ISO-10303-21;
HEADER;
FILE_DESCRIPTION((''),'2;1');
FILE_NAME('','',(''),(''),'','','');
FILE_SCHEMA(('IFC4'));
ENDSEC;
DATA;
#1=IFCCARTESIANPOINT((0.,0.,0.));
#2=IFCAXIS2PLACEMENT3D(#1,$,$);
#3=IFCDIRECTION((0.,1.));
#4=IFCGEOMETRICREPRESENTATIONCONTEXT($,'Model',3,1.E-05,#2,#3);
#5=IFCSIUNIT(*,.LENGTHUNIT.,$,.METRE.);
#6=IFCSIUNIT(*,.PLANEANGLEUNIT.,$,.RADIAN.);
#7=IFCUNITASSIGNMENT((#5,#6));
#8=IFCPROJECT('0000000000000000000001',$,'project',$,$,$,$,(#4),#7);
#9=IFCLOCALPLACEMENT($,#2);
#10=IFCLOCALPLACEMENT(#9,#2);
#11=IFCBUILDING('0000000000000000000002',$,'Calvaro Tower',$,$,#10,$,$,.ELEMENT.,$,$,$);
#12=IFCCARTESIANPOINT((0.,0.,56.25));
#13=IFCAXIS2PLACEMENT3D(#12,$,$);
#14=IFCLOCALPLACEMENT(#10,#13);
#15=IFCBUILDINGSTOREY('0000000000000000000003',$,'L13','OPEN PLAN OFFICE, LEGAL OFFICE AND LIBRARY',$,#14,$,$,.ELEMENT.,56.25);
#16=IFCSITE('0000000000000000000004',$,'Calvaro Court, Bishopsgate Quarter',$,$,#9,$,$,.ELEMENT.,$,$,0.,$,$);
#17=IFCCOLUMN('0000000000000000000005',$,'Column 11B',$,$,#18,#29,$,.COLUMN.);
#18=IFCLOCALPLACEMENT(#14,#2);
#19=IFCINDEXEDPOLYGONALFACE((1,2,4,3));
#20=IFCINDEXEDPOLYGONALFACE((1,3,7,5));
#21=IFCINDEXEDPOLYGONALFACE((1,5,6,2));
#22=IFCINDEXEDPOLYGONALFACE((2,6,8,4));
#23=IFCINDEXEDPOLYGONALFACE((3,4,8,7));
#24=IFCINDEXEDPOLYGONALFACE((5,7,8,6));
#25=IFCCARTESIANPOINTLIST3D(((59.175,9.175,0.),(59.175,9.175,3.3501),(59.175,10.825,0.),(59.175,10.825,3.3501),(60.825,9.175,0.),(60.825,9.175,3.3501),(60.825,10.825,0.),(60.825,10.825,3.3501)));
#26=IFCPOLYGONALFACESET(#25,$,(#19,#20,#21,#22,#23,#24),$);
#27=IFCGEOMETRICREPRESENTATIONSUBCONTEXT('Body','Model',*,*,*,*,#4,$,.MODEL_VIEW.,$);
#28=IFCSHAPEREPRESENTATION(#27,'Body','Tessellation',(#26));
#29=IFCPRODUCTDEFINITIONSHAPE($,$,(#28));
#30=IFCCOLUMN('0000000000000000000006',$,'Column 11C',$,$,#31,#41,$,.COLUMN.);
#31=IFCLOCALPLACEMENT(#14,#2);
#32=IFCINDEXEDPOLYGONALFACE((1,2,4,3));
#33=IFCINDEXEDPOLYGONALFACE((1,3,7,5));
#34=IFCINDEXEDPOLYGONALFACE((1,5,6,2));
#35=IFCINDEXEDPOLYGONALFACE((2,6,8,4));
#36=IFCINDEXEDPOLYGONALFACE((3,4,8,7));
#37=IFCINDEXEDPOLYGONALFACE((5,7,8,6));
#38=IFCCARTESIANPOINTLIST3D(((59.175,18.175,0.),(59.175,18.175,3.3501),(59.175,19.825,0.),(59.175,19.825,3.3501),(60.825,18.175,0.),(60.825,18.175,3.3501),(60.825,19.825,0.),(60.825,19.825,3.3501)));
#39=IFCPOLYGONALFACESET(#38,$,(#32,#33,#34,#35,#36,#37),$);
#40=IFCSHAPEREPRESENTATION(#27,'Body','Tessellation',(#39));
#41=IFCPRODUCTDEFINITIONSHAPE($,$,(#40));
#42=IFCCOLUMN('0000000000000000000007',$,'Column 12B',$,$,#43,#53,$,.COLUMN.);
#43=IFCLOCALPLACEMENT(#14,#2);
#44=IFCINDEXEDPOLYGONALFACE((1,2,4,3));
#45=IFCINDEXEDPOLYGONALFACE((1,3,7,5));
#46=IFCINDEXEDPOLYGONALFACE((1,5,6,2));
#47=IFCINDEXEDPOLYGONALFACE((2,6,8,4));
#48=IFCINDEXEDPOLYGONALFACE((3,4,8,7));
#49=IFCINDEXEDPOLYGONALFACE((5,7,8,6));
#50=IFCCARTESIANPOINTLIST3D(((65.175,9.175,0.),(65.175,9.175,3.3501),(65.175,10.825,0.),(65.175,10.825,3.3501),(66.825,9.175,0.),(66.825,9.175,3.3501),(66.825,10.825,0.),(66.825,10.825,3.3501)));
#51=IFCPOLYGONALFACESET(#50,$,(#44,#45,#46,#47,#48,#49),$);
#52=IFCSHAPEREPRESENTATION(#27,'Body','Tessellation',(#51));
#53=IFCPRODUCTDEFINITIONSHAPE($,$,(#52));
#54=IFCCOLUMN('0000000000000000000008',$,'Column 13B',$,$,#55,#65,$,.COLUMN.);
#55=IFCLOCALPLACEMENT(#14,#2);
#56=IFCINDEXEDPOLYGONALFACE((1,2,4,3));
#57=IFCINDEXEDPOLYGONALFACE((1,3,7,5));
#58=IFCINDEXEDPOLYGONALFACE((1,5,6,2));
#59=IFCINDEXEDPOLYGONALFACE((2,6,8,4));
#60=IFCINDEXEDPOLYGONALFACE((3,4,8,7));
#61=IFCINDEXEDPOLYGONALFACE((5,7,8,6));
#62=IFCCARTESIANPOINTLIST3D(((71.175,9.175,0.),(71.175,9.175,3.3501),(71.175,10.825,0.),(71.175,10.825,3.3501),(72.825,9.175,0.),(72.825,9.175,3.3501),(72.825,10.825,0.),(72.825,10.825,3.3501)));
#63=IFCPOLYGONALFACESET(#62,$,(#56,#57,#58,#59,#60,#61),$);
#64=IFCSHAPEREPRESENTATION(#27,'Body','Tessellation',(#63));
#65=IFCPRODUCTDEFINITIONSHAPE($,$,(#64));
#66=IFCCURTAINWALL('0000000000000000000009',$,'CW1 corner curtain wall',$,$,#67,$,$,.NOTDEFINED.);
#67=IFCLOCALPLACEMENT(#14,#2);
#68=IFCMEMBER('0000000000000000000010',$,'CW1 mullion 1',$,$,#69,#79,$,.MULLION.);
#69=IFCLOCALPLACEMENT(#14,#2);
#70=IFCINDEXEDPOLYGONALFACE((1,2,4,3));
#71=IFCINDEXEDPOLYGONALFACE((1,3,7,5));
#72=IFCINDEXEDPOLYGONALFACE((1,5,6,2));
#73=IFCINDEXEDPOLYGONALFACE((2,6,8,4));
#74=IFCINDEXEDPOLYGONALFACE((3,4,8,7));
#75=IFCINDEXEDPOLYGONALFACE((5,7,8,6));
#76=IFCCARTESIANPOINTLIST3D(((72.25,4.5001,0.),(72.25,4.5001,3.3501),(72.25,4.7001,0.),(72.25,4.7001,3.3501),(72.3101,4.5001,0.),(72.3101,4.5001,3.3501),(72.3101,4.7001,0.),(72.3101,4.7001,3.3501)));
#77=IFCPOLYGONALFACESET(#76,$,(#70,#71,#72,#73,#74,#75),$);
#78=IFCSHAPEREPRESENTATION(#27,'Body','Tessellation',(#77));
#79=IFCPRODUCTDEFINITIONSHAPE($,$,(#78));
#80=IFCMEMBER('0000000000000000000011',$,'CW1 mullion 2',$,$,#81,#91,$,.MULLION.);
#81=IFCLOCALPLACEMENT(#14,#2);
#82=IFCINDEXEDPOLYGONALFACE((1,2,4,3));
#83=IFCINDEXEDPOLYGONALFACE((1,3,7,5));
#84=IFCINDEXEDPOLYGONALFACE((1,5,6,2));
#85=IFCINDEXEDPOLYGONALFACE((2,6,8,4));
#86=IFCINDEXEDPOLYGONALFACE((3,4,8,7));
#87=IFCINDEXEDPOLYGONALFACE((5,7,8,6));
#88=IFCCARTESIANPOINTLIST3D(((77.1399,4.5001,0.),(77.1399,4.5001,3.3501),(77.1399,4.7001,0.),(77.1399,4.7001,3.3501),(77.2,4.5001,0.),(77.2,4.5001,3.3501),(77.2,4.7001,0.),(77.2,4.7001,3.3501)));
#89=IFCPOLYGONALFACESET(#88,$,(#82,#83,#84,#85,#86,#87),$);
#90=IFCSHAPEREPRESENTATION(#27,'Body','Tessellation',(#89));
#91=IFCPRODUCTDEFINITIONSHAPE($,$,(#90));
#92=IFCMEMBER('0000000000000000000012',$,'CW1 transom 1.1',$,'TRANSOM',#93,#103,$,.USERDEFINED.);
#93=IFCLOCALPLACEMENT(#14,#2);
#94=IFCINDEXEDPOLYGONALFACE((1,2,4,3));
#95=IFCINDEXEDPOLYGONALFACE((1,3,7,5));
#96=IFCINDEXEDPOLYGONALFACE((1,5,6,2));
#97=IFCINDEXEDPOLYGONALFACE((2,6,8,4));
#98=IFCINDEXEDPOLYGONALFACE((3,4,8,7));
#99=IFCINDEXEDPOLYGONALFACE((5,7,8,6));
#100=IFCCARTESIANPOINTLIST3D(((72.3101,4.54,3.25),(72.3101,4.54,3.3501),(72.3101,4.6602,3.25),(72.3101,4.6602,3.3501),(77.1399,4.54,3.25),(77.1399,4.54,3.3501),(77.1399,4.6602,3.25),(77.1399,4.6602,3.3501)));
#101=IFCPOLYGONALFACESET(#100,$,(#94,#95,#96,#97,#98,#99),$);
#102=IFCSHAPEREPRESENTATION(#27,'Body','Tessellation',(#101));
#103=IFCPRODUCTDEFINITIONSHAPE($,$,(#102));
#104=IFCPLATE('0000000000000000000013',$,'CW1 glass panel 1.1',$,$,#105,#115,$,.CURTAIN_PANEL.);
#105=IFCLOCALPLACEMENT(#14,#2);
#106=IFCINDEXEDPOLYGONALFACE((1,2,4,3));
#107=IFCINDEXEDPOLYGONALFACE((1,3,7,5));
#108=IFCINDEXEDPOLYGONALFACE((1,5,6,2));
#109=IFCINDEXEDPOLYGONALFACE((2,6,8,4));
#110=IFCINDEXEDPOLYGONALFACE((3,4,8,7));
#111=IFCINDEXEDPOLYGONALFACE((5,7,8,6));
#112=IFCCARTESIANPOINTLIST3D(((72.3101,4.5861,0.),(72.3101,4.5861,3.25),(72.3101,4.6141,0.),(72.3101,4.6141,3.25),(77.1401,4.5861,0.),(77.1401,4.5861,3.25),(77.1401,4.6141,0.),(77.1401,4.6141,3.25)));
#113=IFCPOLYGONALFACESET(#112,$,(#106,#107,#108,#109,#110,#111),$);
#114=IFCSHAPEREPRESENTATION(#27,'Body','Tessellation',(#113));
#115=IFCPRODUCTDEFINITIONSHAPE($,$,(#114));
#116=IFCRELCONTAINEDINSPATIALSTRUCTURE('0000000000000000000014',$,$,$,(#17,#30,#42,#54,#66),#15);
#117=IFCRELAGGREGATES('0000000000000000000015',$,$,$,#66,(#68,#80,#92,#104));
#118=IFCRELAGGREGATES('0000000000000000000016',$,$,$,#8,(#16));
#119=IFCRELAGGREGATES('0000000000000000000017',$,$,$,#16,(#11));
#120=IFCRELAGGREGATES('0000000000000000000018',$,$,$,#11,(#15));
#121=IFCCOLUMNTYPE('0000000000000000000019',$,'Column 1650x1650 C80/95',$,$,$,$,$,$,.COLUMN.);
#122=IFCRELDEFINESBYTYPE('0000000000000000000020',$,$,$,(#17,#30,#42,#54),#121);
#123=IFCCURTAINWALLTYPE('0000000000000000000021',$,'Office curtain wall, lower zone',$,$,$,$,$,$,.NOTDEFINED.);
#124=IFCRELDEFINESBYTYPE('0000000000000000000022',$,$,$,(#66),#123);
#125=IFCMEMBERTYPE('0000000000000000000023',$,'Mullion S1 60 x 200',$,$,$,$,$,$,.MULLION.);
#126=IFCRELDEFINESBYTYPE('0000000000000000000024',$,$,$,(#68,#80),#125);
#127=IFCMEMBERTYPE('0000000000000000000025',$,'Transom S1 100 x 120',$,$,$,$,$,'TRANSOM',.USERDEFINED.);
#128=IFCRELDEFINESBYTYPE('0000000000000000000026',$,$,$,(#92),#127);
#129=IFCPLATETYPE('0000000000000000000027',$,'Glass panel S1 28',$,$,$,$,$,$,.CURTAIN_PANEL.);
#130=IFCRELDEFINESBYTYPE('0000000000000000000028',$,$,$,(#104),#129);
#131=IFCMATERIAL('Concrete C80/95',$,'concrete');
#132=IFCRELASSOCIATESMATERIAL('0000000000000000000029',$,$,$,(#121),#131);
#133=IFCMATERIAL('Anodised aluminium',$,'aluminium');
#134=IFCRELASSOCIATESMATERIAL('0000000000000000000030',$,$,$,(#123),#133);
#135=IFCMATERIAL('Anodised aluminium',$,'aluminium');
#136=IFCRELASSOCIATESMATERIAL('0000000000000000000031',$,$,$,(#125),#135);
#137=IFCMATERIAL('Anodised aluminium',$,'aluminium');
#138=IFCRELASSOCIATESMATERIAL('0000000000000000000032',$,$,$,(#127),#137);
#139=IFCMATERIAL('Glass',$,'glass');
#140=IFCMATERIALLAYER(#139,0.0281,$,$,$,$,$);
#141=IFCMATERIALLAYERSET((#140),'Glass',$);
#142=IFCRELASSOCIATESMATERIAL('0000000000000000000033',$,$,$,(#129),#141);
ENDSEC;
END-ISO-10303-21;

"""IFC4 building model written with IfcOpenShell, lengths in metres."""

from ifc_helpers import new_model, si_unit, direction, frame, origin, origin_2d, place, context, subcontext, project, spatial, rectangle, extrude, material, layer, layer_set, material_profile, profile_set, type_object, element, aggregate, save


model = new_model("IFC4")

# Units and contexts
model_context = context("Model", 3, precision=1e-05, world=origin(), true_north=direction((0.0, 1.0)))
body_context = subcontext(model_context, "Body", "Model", "MODEL_VIEW")
ifc_project = project(units=[si_unit("LENGTHUNIT", "METRE"), si_unit("PLANEANGLEUNIT", "RADIAN")], contexts=[model_context])

# Site, building, storey
site_placement = place(None, origin())
site = spatial("IfcSite", under=ifc_project, at=site_placement, Name="Calvaro Court, Bishopsgate Quarter", CompositionType="ELEMENT", RefElevation=0.0)
building_placement = place(site_placement, origin())
building = spatial("IfcBuilding", under=site, at=building_placement, Name="Calvaro Tower", CompositionType="ELEMENT")
storey_placement = place(building_placement, frame((0.0, 0.0, 56.25)))
storey = spatial("IfcBuildingStorey", under=building, at=storey_placement, Name="L13", Description="OPEN PLAN OFFICE, LEGAL OFFICE AND LIBRARY", CompositionType="ELEMENT", Elevation=56.25)

# Columns
ifc_material_1 = material(Name="Concrete C80/95", Category="concrete")
ifc_material_profile_1 = material_profile(ifc_material_1, rectangle(XDim=1.6499, YDim=1.6499, at=origin_2d()), Name="RC 1650x1650")
ifc_profile_set_1 = profile_set([ifc_material_profile_1], Name="Concrete C80/95")
column_type = type_object("IfcColumnType", Name="Column 1650x1650 C80/95", PredefinedType="COLUMN", material=ifc_profile_set_1)
for number, where, z_axis, x_axis, name in (
    (1, (60.0, 10.0, 0.0), (0.0, 0.0, 1.0), (1.0, 0.0, 0.0), "Column 11B"),
    (2, (60.0, 19.0, 0.0), (0.0, 0.0, 1.0), (1.0, 0.0, 0.0), "Column 11C"),
    (3, (66.0, 10.0, 0.0), (0.0, 0.0, 1.0), (1.0, 0.0, 0.0), "Column 12B"),
    (4, (72.0, 10.0, 0.0), (0.0, 0.0, 1.0), (1.0, 0.0, 0.0), "Column 13B"),
):
    element("IfcColumn", number, at=place(storey_placement, frame(where, z_axis=z_axis, x_axis=x_axis)), inside=storey, type_object=column_type, Name=name, PredefinedType="COLUMN", context=body_context, shape_type="SweptSolid", body=[
        extrude(rectangle(XDim=1.6499, YDim=1.6499, at=origin_2d()), origin(), (0.0, 0.0, 1.0), 3.3501),
    ])

# Curtain wall, members, plate
ifc_material_2 = material(Name="Anodised aluminium", Category="aluminium")
curtain_wall_type = type_object("IfcCurtainWallType", Name="Office curtain wall, lower zone", PredefinedType="NOTDEFINED", material=ifc_material_2)
curtain_wall_placement = place(storey_placement, origin())
curtain_wall = element("IfcCurtainWall", 5, at=curtain_wall_placement, inside=storey, type_object=curtain_wall_type, Name="CW1 corner curtain wall", PredefinedType="NOTDEFINED")
ifc_material_3 = material(Name="Anodised aluminium", Category="aluminium")
ifc_material_profile_2 = material_profile(ifc_material_3, rectangle(XDim=0.2, YDim=0.0601, at=origin_2d()), Name="Mullion S1 60 x 200")
ifc_profile_set_2 = profile_set([ifc_material_profile_2], Name="Anodised aluminium")
member_type_1 = type_object("IfcMemberType", Name="Mullion S1 60 x 200", PredefinedType="MULLION", material=ifc_profile_set_2)
member_1_placement = place(storey_placement, frame((72.28, 4.6001, 0.0), z_axis=(0.0, 0.0, 1.0), x_axis=(0.0, 1.0, 0.0)))
member_1 = element("IfcMember", 6, at=member_1_placement, type_object=member_type_1, Name="CW1 mullion 1", PredefinedType="MULLION", context=body_context, shape_type="SweptSolid", body=[
    extrude(rectangle(XDim=0.2, YDim=0.0601, at=origin_2d()), origin(), (0.0, 0.0, 1.0), 3.3501),
])
member_2_placement = place(storey_placement, frame((77.1699, 4.6001, 0.0), z_axis=(0.0, 0.0, 1.0), x_axis=(0.0, 1.0, 0.0)))
member_2 = element("IfcMember", 7, at=member_2_placement, type_object=member_type_1, Name="CW1 mullion 2", PredefinedType="MULLION", context=body_context, shape_type="SweptSolid", body=[
    extrude(rectangle(XDim=0.2, YDim=0.0601, at=origin_2d()), origin(), (0.0, 0.0, 1.0), 3.3501),
])
ifc_material_4 = material(Name="Anodised aluminium", Category="aluminium")
ifc_material_profile_3 = material_profile(ifc_material_4, rectangle(XDim=0.1201, YDim=0.1001, at=origin_2d()), Name="Transom S1 100 x 120")
ifc_profile_set_3 = profile_set([ifc_material_profile_3], Name="Anodised aluminium")
member_type_2 = type_object("IfcMemberType", Name="Transom S1 100 x 120", ElementType="TRANSOM", PredefinedType="USERDEFINED", material=ifc_profile_set_3)
member_3_placement = place(storey_placement, frame((72.3101, 4.6001, 3.3), z_axis=(1.0, 0.0, 0.0), x_axis=(0.0, 1.0, 0.0)))
member_3 = element("IfcMember", 8, at=member_3_placement, type_object=member_type_2, Name="CW1 transom 1.1", ObjectType="TRANSOM", PredefinedType="USERDEFINED", context=body_context, shape_type="SweptSolid", body=[
    extrude(rectangle(XDim=0.1201, YDim=0.1001, at=origin_2d()), origin(), (0.0, 0.0, 1.0), 4.8298),
])
ifc_material_5 = material(Name="Glass", Category="glass")
ifc_layer_1 = layer(ifc_material_5, 0.0281)
ifc_layer_set_1 = layer_set([ifc_layer_1], Name="Glass")
plate_type = type_object("IfcPlateType", Name="Glass panel S1 28", PredefinedType="CURTAIN_PANEL", material=ifc_layer_set_1)
plate_placement = place(storey_placement, frame((74.7251, 4.6001, 0.0), z_axis=(0.0, 0.0, 1.0), x_axis=(1.0, 0.0, 0.0)))
plate = element("IfcPlate", 9, at=plate_placement, type_object=plate_type, Name="CW1 glass panel 1.1", PredefinedType="CURTAIN_PANEL", context=body_context, shape_type="SweptSolid", body=[
    extrude(rectangle(XDim=4.8301, YDim=0.0281, at=origin_2d()), origin(), (0.0, 0.0, 1.0), 3.25),
])
aggregate(curtain_wall, [member_1, member_2, member_3, plate])

save(model, "model.ifc")
